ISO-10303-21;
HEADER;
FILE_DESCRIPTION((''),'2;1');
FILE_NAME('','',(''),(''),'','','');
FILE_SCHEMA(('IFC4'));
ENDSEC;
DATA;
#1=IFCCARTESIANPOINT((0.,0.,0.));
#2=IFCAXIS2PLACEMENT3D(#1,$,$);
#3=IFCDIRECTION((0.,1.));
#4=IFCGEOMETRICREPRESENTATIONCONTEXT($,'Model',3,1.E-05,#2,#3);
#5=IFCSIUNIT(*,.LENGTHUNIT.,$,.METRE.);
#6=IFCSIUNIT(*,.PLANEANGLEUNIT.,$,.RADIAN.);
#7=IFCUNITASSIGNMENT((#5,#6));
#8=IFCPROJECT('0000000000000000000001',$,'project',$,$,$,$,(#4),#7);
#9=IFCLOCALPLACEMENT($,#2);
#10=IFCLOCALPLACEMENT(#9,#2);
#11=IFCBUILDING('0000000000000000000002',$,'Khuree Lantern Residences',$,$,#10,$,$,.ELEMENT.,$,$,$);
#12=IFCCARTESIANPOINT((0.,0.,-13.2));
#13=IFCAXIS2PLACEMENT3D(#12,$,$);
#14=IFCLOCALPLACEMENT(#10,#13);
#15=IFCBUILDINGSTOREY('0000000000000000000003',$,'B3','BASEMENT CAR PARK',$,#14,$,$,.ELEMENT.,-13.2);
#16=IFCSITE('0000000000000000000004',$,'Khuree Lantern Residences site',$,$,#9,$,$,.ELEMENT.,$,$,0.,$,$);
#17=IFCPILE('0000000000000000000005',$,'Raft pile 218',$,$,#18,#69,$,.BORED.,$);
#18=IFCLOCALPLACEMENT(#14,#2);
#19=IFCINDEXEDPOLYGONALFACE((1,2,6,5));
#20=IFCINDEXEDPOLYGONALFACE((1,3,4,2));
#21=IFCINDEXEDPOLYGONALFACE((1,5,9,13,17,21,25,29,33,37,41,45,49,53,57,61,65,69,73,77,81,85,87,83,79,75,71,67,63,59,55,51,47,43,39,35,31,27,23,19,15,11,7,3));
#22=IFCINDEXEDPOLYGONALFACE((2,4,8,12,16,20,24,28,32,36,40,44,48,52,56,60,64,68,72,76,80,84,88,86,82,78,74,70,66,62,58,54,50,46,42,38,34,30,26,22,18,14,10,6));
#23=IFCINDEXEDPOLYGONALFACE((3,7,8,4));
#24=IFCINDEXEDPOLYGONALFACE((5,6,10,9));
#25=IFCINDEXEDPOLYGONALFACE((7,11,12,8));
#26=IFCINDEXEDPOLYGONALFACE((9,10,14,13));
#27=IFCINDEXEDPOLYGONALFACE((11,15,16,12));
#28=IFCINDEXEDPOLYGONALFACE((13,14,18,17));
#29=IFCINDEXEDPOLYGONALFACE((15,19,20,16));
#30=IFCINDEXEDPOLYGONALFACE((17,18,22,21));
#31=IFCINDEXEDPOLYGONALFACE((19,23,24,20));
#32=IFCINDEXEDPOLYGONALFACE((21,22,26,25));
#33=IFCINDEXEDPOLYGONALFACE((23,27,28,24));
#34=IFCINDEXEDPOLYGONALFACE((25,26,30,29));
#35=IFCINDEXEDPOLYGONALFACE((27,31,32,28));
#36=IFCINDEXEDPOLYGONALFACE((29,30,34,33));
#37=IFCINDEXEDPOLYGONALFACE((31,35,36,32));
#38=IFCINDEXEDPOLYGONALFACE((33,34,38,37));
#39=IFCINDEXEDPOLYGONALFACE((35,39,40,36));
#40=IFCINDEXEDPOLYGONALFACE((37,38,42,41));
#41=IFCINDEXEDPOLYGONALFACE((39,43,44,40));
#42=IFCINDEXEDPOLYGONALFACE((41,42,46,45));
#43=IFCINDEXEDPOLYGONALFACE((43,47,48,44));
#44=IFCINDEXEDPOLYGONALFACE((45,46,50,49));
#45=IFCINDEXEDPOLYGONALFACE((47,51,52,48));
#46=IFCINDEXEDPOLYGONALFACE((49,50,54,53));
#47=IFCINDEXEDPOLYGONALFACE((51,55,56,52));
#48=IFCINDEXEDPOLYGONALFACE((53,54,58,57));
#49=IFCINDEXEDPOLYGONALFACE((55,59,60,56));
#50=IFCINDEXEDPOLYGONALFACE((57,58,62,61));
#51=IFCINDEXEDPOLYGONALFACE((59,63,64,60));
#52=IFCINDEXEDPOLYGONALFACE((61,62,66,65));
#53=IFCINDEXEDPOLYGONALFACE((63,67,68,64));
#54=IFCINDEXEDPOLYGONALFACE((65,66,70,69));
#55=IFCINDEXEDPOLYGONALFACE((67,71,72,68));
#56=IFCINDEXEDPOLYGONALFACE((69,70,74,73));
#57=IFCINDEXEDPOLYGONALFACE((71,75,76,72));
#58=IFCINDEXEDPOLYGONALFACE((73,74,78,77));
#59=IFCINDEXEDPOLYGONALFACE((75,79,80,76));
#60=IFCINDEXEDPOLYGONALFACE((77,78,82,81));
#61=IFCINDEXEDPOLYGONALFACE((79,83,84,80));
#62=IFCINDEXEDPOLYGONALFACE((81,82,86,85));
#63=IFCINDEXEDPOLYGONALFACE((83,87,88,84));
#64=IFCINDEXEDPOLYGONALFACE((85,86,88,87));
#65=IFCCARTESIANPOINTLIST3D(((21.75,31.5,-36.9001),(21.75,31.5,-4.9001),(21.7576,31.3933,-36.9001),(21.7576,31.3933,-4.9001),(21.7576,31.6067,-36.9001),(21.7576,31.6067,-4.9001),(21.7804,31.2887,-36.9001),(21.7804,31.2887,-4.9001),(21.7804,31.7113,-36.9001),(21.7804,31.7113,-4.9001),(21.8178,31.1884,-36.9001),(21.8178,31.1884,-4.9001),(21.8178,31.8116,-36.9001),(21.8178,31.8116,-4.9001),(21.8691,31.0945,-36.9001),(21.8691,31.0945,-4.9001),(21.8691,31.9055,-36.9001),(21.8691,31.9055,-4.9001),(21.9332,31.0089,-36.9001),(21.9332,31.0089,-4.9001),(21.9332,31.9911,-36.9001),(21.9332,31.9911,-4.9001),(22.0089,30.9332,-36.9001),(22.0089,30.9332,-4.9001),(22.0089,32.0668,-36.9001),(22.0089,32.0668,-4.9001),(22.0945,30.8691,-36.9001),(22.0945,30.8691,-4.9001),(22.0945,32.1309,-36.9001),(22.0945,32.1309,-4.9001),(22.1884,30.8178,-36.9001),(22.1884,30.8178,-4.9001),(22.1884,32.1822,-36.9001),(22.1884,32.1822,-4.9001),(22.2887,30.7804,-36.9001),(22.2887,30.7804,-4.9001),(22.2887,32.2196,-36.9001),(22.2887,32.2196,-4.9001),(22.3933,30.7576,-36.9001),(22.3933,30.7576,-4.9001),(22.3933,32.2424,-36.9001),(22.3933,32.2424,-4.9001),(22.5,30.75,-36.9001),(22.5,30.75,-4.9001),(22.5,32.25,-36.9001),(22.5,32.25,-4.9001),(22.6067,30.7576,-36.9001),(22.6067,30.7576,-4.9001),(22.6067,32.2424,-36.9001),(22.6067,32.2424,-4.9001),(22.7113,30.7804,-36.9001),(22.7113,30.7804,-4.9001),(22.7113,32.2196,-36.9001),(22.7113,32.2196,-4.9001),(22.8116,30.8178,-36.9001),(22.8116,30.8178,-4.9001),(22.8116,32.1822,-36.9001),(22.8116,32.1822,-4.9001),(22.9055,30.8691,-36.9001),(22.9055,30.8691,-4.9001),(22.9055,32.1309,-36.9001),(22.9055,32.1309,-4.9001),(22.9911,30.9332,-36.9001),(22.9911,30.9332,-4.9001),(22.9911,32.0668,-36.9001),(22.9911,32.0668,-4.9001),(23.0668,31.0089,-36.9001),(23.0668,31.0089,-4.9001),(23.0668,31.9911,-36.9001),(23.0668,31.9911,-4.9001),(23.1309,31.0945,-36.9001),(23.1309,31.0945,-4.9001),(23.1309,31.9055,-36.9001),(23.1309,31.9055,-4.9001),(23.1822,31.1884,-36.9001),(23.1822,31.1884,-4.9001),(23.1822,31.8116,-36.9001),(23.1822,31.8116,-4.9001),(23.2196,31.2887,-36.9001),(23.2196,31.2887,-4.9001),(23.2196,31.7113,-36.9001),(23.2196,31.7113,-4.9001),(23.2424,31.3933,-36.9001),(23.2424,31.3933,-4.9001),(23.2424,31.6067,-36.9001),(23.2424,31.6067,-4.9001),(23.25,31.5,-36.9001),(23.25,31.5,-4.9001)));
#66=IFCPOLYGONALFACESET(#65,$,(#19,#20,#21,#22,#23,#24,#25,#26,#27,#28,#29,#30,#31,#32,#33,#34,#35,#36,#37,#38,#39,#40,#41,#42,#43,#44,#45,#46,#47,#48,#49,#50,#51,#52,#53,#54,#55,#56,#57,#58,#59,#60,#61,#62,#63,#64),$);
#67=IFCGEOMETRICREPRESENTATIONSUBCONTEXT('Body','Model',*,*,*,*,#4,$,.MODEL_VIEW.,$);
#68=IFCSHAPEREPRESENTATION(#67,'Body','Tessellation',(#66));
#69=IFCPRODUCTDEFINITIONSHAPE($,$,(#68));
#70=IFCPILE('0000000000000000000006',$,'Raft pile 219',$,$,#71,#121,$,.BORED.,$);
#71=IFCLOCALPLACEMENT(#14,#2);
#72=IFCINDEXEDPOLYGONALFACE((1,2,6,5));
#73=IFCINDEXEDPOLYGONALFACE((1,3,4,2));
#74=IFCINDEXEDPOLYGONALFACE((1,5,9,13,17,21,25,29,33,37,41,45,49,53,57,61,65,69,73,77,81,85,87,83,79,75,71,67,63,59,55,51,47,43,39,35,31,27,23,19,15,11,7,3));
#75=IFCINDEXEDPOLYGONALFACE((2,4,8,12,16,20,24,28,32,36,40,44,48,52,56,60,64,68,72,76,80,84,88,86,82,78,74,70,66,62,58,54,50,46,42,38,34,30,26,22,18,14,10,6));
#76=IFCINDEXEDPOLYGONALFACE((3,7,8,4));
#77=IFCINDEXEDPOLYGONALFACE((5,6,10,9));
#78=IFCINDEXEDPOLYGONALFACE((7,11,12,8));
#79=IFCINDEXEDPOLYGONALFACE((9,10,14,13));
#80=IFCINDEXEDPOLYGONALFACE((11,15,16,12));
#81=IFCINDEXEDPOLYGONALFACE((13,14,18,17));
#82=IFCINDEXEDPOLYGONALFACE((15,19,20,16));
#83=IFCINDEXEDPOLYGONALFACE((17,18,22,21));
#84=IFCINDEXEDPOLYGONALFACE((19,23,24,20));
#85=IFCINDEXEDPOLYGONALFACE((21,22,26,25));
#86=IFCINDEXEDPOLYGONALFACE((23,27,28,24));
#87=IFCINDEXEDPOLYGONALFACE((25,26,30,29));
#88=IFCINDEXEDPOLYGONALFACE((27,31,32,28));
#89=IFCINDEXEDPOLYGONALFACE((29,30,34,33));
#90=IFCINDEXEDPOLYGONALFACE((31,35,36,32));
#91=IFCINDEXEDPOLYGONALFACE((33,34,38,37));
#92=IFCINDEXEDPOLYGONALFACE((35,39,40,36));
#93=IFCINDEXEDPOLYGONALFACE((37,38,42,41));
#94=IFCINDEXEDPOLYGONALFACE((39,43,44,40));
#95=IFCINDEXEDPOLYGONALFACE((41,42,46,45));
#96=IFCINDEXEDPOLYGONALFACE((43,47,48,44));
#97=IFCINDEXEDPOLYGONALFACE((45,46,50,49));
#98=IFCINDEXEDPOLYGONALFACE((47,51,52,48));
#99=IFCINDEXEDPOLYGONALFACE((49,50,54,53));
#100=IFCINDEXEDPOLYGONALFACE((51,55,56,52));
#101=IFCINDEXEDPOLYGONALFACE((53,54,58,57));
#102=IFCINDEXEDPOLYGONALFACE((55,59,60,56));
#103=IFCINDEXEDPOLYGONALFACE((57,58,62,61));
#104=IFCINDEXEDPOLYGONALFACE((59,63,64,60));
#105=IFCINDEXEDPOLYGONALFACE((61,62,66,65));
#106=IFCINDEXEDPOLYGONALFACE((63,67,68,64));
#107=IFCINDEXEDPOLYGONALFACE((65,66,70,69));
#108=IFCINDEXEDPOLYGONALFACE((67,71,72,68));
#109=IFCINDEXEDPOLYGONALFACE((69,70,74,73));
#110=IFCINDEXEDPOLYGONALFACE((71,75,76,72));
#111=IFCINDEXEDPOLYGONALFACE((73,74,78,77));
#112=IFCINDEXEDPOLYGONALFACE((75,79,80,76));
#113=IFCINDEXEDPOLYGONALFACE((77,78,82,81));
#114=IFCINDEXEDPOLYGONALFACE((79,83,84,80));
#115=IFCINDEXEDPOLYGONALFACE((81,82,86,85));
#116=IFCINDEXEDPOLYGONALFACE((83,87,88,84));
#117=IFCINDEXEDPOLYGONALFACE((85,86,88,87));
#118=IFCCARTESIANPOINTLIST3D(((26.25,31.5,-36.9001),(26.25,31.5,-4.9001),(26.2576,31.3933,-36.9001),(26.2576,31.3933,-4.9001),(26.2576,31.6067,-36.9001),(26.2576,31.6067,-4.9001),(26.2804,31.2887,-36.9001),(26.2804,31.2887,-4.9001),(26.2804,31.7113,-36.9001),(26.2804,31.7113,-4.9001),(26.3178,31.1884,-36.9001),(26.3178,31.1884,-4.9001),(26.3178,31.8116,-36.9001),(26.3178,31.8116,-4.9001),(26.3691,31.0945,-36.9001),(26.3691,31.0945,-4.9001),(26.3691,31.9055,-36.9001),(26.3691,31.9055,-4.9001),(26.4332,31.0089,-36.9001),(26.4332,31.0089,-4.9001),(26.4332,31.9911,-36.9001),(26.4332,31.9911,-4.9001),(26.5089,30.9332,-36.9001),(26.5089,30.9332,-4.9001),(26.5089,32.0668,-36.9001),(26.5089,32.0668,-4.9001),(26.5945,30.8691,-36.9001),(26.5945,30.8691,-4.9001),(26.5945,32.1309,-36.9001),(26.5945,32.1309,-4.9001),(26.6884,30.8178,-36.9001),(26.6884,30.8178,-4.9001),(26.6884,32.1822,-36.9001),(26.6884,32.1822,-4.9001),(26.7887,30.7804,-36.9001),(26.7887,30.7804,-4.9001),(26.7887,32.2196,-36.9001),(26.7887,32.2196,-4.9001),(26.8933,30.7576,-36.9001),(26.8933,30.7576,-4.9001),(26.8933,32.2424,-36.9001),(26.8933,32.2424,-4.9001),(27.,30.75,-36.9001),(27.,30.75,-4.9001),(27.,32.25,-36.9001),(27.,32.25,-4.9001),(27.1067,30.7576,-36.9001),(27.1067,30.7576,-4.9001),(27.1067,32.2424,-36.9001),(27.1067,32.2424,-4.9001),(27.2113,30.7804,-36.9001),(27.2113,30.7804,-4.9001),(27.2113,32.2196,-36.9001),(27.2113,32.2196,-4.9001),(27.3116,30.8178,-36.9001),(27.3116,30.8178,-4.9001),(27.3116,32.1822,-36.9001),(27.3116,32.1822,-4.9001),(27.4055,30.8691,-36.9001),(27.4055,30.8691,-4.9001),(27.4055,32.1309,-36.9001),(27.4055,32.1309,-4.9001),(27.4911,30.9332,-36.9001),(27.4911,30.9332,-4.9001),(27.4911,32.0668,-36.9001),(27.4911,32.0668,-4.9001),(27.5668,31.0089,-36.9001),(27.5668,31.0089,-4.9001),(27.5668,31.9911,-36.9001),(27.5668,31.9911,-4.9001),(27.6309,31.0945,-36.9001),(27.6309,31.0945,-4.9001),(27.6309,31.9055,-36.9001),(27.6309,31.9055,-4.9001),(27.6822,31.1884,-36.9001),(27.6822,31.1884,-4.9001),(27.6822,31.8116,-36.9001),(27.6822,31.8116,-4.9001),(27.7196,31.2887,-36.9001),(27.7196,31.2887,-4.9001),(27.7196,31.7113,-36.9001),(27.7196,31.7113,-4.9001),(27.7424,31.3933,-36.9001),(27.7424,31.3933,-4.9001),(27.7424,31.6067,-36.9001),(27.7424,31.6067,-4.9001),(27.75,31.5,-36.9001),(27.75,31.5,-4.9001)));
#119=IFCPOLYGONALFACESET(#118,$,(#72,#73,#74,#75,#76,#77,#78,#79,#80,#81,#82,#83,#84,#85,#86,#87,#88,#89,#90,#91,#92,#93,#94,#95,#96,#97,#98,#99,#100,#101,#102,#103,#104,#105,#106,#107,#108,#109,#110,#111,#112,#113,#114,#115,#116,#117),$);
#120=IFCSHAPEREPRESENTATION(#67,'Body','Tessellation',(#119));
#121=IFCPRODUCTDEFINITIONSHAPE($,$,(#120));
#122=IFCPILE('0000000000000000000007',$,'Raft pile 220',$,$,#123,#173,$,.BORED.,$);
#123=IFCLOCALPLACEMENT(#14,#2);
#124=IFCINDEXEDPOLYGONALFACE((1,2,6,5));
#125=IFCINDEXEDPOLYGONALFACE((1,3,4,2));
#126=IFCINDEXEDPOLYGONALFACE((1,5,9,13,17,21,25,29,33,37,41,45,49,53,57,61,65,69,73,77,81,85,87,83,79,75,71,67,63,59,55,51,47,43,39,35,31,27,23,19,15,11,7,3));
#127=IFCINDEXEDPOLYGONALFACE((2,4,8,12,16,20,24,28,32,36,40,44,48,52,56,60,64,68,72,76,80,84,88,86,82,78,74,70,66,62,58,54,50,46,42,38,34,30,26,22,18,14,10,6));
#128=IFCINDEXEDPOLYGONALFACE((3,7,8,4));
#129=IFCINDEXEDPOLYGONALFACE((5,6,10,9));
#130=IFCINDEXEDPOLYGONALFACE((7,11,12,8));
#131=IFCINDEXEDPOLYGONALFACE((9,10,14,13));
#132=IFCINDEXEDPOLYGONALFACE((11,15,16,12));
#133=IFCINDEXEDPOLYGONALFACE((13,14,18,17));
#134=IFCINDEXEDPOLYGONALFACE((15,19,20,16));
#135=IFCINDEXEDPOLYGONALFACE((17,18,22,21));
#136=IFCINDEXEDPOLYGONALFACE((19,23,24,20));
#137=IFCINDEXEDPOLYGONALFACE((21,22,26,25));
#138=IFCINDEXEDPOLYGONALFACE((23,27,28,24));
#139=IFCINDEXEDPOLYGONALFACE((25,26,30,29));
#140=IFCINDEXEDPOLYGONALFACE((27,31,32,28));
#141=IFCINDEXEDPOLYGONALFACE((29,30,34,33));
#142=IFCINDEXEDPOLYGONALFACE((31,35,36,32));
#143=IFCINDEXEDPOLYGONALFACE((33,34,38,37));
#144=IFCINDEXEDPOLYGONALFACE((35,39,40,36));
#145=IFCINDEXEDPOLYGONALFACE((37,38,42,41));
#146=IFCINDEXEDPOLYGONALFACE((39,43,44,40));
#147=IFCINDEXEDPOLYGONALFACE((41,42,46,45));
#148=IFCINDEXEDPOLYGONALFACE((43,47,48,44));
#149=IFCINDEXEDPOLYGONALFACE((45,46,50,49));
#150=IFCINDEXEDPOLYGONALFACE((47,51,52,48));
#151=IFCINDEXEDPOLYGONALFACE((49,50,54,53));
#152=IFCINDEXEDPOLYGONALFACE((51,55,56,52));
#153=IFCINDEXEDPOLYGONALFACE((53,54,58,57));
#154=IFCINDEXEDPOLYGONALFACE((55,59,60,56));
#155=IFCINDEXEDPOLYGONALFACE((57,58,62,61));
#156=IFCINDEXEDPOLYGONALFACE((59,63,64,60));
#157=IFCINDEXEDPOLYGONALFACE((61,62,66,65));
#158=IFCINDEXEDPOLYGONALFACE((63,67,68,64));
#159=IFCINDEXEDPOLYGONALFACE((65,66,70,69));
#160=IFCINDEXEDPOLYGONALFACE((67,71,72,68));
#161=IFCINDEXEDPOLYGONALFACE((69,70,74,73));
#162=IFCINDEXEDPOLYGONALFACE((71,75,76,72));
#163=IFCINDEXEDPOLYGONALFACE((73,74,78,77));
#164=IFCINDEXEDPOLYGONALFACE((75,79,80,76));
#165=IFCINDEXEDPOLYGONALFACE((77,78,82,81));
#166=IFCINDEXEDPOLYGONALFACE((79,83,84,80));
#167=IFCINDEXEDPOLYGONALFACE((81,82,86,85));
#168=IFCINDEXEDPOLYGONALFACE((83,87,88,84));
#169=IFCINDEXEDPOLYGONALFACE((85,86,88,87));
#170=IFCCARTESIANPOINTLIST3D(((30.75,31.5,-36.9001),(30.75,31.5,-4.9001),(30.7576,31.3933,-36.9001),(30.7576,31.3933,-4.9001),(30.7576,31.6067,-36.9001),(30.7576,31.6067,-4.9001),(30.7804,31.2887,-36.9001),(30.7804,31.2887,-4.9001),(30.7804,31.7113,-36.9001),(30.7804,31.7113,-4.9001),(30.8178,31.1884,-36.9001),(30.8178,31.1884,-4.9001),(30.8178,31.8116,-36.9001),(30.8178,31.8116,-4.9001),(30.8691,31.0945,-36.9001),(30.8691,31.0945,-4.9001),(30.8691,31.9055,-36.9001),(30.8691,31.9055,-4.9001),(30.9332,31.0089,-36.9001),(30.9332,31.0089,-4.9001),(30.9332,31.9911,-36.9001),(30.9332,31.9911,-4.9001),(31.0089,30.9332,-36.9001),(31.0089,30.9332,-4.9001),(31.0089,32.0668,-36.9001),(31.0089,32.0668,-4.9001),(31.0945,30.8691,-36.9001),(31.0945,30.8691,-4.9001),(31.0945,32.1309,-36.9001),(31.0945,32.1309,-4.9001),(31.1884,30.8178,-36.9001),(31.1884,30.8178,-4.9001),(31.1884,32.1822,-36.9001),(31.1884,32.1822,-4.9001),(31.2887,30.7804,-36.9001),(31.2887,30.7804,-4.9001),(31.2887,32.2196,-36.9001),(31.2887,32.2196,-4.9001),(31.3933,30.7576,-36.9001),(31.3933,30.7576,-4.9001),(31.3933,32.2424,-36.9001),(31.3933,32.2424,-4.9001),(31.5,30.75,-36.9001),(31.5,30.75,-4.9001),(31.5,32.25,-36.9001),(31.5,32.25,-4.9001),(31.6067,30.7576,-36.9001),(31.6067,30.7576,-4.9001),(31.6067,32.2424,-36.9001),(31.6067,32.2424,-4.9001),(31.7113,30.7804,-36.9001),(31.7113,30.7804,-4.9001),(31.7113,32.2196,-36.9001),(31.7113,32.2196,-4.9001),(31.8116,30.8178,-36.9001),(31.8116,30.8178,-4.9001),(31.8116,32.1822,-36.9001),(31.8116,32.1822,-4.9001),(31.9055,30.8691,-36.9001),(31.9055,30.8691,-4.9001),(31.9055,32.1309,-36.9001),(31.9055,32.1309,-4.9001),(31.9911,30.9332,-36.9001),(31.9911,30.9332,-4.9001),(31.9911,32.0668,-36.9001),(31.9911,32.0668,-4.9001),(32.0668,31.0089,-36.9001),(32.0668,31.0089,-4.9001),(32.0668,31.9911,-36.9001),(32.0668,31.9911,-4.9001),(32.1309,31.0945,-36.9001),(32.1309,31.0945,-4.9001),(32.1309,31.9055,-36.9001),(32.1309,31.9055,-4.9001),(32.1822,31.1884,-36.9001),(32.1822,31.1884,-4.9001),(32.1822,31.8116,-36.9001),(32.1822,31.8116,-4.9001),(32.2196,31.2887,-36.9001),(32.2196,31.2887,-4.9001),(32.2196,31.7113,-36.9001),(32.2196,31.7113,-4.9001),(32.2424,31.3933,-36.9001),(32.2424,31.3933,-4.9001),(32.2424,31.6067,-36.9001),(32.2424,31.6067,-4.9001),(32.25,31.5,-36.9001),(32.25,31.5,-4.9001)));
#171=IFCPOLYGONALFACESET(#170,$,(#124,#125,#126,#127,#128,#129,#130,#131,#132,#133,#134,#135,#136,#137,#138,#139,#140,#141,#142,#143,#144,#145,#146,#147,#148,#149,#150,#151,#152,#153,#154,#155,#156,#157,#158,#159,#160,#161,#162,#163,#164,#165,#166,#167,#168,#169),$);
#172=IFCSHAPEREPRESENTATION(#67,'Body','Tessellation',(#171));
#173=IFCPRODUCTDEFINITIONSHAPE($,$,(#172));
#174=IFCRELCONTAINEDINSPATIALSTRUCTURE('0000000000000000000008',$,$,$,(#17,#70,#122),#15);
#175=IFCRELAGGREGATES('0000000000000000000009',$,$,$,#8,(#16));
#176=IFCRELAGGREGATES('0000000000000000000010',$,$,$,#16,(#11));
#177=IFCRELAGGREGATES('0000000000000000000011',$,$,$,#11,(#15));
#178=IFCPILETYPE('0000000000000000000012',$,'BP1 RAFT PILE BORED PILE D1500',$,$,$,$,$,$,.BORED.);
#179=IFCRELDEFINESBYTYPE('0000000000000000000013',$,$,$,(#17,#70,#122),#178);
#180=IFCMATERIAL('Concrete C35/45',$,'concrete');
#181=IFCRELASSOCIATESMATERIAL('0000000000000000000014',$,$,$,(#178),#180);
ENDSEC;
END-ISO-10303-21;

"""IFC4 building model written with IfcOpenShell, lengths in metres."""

from ifc_helpers import new_model, si_unit, direction, frame, origin, origin_2d, place, context, subcontext, project, spatial, circle, extrude, material, material_profile, profile_set, type_object, element, save


model = new_model("IFC4")

# Units and contexts
model_context = context("Model", 3, precision=1e-05, world=origin(), true_north=direction((0.0, 1.0)))
body_context = subcontext(model_context, "Body", "Model", "MODEL_VIEW")
ifc_project = project(units=[si_unit("LENGTHUNIT", "METRE"), si_unit("PLANEANGLEUNIT", "RADIAN")], contexts=[model_context])

# Site, building, storey
site_placement = place(None, origin())
site = spatial("IfcSite", under=ifc_project, at=site_placement, Name="Khuree Lantern Residences site", CompositionType="ELEMENT", RefElevation=0.0)
building_placement = place(site_placement, origin())
building = spatial("IfcBuilding", under=site, at=building_placement, Name="Khuree Lantern Residences", CompositionType="ELEMENT")
storey_placement = place(building_placement, frame((0.0, 0.0, -13.2)))
storey = spatial("IfcBuildingStorey", under=building, at=storey_placement, Name="B3", Description="BASEMENT CAR PARK", CompositionType="ELEMENT", Elevation=-13.2)

# Piles
ifc_material_1 = material(Name="Concrete C35/45", Category="concrete")
ifc_material_profile_1 = material_profile(ifc_material_1, circle(Radius=0.75, at=origin_2d()), Name="BORED PILE D1500")
ifc_profile_set_1 = profile_set([ifc_material_profile_1], Name="Concrete C35/45")
pile_type_1 = type_object("IfcPileType", Name="BP1 RAFT PILE BORED PILE D1500", PredefinedType="BORED", material=ifc_profile_set_1)
for number, where, z_axis, x_axis, name in (
    (1, (22.5, 31.5, -4.9001), (0.0, 0.0, -1.0), (1.0, 0.0, 0.0), "Raft pile 218"),
    (2, (27.0, 31.5, -4.9001), (0.0, 0.0, -1.0), (1.0, 0.0, 0.0), "Raft pile 219"),
    (3, (31.5, 31.5, -4.9001), (0.0, 0.0, -1.0), (1.0, 0.0, 0.0), "Raft pile 220"),
):
    element("IfcPile", number, at=place(storey_placement, frame(where, z_axis=z_axis, x_axis=x_axis)), inside=storey, type_object=pile_type_1, Name=name, PredefinedType="BORED", context=body_context, shape_type="SweptSolid", body=[
        extrude(circle(Radius=0.75, at=origin_2d()), origin(), (0.0, 0.0, 1.0), 32.0),
    ])

save(model, "model.ifc")
